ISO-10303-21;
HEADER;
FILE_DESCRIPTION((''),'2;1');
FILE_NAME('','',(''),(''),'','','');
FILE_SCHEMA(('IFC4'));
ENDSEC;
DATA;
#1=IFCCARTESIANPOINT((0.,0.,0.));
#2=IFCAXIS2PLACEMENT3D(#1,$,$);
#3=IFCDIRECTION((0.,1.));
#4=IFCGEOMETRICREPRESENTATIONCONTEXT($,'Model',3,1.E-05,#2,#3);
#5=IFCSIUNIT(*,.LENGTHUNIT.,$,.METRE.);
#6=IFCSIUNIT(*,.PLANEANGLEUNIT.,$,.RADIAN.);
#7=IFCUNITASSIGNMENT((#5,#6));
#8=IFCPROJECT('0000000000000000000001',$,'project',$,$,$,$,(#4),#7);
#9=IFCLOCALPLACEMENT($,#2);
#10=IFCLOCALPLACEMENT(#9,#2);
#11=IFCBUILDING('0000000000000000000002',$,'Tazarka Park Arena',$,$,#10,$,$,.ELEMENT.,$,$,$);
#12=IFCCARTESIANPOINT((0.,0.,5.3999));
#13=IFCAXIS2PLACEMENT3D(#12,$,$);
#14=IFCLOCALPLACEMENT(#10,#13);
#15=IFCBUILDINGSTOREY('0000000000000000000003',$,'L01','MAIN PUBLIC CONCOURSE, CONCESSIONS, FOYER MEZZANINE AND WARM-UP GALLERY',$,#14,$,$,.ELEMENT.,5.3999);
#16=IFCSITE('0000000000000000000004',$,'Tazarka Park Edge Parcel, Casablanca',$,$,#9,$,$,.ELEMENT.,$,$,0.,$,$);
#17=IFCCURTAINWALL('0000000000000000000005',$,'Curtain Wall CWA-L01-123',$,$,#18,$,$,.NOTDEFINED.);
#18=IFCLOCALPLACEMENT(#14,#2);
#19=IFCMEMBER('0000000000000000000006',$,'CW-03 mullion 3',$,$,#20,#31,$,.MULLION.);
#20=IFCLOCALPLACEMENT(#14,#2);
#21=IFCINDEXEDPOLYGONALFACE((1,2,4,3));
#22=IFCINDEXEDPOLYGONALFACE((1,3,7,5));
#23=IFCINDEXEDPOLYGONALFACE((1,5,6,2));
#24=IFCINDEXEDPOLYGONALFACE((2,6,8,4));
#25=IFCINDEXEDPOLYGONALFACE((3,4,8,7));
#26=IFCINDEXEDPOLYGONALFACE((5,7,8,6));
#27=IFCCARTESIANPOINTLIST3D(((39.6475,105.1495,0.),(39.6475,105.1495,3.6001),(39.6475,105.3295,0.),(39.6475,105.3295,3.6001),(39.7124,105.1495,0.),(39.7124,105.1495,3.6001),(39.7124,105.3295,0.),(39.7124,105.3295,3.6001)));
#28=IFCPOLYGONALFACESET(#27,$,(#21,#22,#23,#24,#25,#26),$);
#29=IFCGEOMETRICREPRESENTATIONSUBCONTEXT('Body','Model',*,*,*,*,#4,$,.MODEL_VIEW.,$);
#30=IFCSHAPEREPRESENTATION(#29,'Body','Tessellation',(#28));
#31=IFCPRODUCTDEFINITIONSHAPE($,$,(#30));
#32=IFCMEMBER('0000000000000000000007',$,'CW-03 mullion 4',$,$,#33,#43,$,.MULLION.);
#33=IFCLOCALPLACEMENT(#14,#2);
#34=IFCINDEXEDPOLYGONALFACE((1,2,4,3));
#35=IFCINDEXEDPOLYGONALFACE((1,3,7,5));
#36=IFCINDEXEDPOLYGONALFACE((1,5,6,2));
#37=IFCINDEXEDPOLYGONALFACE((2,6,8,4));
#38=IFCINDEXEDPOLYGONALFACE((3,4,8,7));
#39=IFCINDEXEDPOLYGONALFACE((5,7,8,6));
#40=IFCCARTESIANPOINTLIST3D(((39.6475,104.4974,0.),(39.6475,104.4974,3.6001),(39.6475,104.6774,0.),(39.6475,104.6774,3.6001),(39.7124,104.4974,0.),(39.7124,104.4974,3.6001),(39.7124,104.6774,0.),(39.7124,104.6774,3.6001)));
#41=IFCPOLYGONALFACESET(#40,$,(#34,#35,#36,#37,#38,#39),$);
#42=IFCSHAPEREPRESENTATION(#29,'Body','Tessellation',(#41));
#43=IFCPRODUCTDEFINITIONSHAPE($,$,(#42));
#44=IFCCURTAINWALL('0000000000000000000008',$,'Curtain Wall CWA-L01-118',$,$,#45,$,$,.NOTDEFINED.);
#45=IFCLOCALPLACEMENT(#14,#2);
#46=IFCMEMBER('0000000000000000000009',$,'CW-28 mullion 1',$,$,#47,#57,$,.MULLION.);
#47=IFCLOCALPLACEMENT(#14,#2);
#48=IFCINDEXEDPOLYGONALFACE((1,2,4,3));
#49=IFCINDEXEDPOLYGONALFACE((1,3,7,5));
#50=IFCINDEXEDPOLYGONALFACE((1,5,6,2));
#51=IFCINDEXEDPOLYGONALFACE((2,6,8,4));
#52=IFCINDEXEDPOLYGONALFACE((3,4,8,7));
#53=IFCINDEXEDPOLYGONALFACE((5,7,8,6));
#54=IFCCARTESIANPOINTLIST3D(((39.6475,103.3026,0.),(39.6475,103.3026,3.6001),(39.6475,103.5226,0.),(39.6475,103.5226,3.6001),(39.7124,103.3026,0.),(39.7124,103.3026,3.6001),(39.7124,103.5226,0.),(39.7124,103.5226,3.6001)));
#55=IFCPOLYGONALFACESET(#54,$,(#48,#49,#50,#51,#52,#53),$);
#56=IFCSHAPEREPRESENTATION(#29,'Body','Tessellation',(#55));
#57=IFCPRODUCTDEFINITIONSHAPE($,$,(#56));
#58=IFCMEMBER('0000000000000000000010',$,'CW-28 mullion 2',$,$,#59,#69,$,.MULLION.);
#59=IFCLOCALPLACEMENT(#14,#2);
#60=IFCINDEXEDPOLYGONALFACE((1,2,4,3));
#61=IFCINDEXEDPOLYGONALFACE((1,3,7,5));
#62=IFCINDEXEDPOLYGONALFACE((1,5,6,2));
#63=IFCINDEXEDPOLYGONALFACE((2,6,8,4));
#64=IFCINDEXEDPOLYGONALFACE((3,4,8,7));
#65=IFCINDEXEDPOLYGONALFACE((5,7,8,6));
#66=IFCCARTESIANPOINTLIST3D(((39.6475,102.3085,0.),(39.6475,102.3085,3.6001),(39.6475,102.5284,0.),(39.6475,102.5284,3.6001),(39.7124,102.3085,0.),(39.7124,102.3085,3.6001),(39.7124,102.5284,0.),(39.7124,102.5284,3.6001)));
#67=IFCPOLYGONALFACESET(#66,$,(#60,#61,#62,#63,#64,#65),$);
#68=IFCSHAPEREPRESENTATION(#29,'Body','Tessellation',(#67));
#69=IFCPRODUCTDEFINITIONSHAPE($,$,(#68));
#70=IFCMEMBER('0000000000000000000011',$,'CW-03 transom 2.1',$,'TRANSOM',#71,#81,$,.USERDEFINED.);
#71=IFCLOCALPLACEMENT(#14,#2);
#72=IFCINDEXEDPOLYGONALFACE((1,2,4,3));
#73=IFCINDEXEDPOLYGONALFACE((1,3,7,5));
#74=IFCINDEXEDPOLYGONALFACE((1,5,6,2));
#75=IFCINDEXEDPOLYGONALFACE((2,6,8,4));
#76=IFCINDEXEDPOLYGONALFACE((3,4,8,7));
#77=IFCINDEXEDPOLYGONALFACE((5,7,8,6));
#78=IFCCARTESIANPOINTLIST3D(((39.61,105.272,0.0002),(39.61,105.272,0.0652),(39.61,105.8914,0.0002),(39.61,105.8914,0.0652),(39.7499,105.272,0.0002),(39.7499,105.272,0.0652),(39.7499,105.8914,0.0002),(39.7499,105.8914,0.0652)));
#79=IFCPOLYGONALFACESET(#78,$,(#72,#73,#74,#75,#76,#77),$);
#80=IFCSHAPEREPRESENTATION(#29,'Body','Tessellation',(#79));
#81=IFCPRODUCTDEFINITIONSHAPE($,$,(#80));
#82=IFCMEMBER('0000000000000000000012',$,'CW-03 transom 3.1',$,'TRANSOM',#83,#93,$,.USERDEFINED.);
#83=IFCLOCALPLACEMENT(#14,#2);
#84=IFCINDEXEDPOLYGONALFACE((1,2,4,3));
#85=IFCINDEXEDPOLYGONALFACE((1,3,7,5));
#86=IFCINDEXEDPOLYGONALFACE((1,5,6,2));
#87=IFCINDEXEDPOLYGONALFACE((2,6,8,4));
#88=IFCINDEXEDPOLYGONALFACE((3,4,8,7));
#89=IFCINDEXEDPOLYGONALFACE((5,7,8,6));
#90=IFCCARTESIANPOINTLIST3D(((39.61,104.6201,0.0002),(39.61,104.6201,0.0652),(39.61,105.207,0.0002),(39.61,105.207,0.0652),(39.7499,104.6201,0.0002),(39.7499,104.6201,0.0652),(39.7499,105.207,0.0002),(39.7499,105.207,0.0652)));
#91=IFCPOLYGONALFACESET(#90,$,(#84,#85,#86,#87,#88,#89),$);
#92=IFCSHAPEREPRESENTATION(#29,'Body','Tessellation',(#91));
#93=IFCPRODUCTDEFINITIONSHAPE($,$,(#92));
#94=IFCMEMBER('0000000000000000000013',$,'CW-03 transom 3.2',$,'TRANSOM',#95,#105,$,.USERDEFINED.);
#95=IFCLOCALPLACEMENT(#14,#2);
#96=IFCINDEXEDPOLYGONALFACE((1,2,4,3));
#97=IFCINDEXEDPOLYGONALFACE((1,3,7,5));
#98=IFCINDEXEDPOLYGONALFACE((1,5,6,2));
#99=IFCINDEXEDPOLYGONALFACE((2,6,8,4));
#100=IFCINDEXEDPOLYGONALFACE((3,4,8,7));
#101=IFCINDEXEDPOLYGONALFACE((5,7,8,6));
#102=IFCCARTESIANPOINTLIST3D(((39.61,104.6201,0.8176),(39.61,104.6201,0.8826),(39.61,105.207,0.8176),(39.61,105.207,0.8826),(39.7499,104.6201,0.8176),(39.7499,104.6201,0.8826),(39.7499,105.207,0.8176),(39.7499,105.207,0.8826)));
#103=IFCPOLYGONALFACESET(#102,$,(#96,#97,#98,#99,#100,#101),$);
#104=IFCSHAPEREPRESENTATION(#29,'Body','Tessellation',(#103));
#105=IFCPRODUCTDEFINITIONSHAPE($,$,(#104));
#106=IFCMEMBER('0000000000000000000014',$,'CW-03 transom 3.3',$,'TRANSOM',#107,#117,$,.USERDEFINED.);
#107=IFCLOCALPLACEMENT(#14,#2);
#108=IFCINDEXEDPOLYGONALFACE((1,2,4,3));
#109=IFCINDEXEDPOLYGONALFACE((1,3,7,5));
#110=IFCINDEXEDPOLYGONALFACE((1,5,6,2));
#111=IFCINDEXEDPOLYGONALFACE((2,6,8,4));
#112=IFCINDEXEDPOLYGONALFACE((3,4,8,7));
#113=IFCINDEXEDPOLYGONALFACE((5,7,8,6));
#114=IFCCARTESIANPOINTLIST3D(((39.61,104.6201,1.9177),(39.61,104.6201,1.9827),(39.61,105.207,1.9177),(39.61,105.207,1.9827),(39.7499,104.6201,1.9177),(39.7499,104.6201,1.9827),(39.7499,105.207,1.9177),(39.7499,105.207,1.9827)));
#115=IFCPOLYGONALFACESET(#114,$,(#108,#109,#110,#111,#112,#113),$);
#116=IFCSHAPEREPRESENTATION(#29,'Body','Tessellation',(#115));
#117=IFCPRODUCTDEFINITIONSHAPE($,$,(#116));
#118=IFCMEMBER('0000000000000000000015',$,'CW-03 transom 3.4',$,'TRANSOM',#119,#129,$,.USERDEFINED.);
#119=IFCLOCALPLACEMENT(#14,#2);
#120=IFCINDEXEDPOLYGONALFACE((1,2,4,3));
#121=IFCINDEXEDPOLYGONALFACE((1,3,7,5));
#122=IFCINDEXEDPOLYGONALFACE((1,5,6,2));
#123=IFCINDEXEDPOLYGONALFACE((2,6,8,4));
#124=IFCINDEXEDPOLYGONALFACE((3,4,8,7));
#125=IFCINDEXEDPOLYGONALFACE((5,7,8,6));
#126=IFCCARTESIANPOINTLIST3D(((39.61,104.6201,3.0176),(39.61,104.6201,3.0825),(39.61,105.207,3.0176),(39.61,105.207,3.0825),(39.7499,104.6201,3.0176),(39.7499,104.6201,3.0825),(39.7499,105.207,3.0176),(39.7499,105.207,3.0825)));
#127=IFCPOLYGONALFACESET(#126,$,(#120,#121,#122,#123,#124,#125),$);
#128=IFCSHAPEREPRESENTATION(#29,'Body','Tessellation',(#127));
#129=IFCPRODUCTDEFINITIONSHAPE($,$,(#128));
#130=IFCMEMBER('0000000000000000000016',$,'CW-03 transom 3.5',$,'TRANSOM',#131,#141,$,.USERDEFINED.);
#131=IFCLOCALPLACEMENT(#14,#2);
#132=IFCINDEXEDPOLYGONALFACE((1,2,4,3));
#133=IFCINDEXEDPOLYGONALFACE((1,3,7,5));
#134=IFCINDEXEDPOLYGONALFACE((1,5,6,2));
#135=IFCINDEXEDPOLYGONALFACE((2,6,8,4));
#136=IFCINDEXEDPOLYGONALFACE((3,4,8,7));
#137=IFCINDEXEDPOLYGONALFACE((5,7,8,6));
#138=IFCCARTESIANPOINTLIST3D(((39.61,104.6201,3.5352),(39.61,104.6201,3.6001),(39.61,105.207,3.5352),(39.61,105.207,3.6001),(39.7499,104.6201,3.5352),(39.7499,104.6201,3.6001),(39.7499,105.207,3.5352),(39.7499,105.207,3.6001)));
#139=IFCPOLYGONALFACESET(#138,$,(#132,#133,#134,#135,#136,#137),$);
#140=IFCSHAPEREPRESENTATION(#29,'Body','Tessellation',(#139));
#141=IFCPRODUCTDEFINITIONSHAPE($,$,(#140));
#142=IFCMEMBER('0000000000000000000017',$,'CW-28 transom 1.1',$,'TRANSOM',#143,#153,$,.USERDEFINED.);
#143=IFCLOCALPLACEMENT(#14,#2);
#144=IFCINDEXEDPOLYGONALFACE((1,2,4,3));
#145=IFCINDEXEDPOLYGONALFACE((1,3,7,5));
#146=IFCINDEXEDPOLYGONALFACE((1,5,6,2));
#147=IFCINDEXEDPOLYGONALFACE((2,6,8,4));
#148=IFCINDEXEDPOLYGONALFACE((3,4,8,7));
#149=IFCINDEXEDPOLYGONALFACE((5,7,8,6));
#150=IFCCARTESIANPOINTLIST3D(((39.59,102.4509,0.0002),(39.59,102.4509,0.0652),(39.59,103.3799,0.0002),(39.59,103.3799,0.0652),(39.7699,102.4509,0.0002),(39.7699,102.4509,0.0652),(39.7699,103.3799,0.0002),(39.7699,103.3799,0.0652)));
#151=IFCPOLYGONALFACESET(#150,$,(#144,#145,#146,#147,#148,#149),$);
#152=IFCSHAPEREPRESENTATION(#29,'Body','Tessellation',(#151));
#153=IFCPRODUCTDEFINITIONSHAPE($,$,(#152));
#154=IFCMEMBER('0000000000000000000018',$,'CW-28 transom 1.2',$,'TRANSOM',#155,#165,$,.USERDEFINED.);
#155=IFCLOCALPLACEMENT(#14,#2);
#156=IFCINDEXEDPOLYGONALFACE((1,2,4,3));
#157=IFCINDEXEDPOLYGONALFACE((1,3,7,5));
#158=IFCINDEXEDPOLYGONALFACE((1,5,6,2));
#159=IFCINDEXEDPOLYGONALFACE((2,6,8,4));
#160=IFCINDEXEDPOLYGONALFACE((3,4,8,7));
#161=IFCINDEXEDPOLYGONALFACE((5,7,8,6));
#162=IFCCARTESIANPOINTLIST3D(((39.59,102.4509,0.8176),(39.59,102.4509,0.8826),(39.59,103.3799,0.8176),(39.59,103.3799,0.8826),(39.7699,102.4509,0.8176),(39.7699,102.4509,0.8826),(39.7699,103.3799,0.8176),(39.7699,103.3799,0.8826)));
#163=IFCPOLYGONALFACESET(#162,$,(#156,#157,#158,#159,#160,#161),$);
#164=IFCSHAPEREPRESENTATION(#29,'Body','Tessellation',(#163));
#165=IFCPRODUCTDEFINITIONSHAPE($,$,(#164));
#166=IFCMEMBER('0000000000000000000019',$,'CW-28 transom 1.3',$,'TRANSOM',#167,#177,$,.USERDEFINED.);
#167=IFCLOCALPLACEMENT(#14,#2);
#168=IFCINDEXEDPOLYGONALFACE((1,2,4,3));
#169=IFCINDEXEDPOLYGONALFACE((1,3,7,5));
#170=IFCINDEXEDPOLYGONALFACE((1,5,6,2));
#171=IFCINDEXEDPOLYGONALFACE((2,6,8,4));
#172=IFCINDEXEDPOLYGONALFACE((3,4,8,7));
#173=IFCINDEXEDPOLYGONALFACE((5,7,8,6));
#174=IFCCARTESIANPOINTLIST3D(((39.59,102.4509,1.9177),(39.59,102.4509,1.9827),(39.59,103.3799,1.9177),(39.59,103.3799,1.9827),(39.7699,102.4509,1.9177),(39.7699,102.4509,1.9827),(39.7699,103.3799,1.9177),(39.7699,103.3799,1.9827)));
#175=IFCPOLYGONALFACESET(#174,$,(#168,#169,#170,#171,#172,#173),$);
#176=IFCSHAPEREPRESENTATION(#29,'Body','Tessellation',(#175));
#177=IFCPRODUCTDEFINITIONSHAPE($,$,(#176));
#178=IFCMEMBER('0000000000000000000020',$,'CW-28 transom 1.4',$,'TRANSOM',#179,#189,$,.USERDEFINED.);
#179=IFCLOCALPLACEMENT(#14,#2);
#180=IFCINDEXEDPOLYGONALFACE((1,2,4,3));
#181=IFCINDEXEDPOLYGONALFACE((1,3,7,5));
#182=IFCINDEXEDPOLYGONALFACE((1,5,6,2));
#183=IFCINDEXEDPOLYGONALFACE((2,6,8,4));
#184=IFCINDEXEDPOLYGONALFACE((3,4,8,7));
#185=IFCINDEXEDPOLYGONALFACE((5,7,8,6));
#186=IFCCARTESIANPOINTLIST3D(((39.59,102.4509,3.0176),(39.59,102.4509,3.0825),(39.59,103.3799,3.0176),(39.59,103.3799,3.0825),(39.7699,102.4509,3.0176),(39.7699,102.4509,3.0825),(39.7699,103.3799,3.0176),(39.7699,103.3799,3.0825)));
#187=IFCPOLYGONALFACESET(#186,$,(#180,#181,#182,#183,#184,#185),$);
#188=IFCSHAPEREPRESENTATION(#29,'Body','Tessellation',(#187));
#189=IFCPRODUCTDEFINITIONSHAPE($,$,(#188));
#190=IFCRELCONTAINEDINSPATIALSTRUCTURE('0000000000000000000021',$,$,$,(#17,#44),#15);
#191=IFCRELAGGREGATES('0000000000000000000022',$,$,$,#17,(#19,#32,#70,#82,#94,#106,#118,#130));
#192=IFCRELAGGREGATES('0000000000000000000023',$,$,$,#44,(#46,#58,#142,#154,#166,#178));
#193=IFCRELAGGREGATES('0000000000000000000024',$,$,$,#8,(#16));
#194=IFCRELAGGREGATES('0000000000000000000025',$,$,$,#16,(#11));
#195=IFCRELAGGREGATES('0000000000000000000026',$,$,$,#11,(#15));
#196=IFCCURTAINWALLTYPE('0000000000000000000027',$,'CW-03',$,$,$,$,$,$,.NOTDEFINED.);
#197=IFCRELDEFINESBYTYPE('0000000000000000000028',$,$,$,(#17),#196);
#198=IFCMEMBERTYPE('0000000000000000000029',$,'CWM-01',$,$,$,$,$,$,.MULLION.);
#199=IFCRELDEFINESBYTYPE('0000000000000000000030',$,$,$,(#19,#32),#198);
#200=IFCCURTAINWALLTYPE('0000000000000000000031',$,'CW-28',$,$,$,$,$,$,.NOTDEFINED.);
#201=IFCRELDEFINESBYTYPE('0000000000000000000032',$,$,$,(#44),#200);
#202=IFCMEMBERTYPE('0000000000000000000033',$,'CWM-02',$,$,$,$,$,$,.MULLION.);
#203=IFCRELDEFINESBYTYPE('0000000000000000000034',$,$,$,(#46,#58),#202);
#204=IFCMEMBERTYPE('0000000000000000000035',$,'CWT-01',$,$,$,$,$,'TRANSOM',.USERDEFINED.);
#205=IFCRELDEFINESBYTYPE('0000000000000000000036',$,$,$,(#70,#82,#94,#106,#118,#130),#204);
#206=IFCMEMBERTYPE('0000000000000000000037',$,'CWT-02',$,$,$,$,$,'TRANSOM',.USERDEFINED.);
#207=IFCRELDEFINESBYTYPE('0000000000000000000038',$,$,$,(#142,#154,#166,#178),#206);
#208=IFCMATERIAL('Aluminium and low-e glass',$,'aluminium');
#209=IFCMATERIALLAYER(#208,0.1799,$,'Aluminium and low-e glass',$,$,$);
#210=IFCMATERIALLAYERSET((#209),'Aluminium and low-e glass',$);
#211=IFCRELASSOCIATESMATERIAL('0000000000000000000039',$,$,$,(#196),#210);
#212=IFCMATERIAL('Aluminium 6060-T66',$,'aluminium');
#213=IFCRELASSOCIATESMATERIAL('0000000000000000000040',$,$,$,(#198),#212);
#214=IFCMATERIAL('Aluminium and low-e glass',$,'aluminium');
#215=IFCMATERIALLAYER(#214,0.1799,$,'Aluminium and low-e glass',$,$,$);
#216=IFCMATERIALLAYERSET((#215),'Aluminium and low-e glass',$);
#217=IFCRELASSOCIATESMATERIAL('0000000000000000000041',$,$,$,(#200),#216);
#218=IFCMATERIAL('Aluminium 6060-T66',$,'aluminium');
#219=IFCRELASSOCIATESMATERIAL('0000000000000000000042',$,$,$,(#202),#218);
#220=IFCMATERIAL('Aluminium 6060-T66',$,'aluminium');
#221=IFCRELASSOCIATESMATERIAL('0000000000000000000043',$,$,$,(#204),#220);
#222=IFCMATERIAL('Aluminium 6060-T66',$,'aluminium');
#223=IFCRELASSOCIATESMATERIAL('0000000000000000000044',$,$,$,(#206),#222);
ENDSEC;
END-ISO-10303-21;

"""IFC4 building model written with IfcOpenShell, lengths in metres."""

from ifc_helpers import new_model, si_unit, direction, frame, origin, origin_2d, place, context, subcontext, project, spatial, rectangle, extrude, material, layer, layer_set, material_profile, profile_set, type_object, element, aggregate, save


model = new_model("IFC4")

# Units and contexts
model_context = context("Model", 3, precision=1e-05, world=origin(), true_north=direction((0.0, 1.0)))
body_context = subcontext(model_context, "Body", "Model", "MODEL_VIEW")
ifc_project = project(units=[si_unit("LENGTHUNIT", "METRE"), si_unit("PLANEANGLEUNIT", "RADIAN")], contexts=[model_context])

# Site, building, storey
site_placement = place(None, origin())
site = spatial("IfcSite", under=ifc_project, at=site_placement, Name="Tazarka Park Edge Parcel, Casablanca", CompositionType="ELEMENT", RefElevation=0.0)
building_placement = place(site_placement, origin())
building = spatial("IfcBuilding", under=site, at=building_placement, Name="Tazarka Park Arena", CompositionType="ELEMENT")
storey_placement = place(building_placement, frame((0.0, 0.0, 5.3999)))
storey = spatial("IfcBuildingStorey", under=building, at=storey_placement, Name="L01", Description="MAIN PUBLIC CONCOURSE, CONCESSIONS, FOYER MEZZANINE AND WARM-UP GALLERY", CompositionType="ELEMENT", Elevation=5.3999)

# Curtain walls, members
ifc_material_1 = material(Name="Aluminium and low-e glass", Category="aluminium")
ifc_layer_1 = layer(ifc_material_1, 0.1799, Name="Aluminium and low-e glass")
ifc_layer_set_1 = layer_set([ifc_layer_1], Name="Aluminium and low-e glass")
curtain_wall_type_1 = type_object("IfcCurtainWallType", Name="CW-03", PredefinedType="NOTDEFINED", material=ifc_layer_set_1)
curtain_wall_1_placement = place(storey_placement, origin())
curtain_wall_1 = element("IfcCurtainWall", 1, at=curtain_wall_1_placement, inside=storey, type_object=curtain_wall_type_1, Name="Curtain Wall CWA-L01-123", PredefinedType="NOTDEFINED")
ifc_material_2 = material(Name="Aluminium 6060-T66", Category="aluminium")
ifc_material_profile_1 = material_profile(ifc_material_2, rectangle(XDim=0.0649, YDim=0.1799, at=origin_2d()), Name="Aluminium 6060-T66")
ifc_profile_set_1 = profile_set([ifc_material_profile_1], Name="Aluminium 6060-T66")
member_type_1 = type_object("IfcMemberType", Name="CWM-01", PredefinedType="MULLION", material=ifc_profile_set_1)
member_1_placement = place(storey_placement, frame((39.6799, 105.2395, 0.0), z_axis=(0.0, 0.0, 1.0), x_axis=(1.0, 0.0, 0.0)))
member_1 = element("IfcMember", 2, at=member_1_placement, type_object=member_type_1, Name="CW-03 mullion 3", PredefinedType="MULLION", context=body_context, shape_type="SweptSolid", body=[
    extrude(rectangle(XDim=0.0649, YDim=0.1799, at=origin_2d()), origin(), (0.0, 0.0, 1.0), 3.6001),
])
member_2_placement = place(storey_placement, frame((39.6799, 104.5874, 0.0), z_axis=(0.0, 0.0, 1.0), x_axis=(1.0, 0.0, 0.0)))
member_2 = element("IfcMember", 3, at=member_2_placement, type_object=member_type_1, Name="CW-03 mullion 4", PredefinedType="MULLION", context=body_context, shape_type="SweptSolid", body=[
    extrude(rectangle(XDim=0.0649, YDim=0.1799, at=origin_2d()), origin(), (0.0, 0.0, 1.0), 3.6001),
])
ifc_material_3 = material(Name="Aluminium and low-e glass", Category="aluminium")
ifc_layer_2 = layer(ifc_material_3, 0.1799, Name="Aluminium and low-e glass")
ifc_layer_set_2 = layer_set([ifc_layer_2], Name="Aluminium and low-e glass")
curtain_wall_type_2 = type_object("IfcCurtainWallType", Name="CW-28", PredefinedType="NOTDEFINED", material=ifc_layer_set_2)
curtain_wall_2_placement = place(storey_placement, origin())
curtain_wall_2 = element("IfcCurtainWall", 4, at=curtain_wall_2_placement, inside=storey, type_object=curtain_wall_type_2, Name="Curtain Wall CWA-L01-118", PredefinedType="NOTDEFINED")
ifc_material_4 = material(Name="Aluminium 6060-T66", Category="aluminium")
ifc_material_profile_2 = material_profile(ifc_material_4, rectangle(XDim=0.0649, YDim=0.22, at=origin_2d()), Name="Aluminium 6060-T66")
ifc_profile_set_2 = profile_set([ifc_material_profile_2], Name="Aluminium 6060-T66")
member_type_2 = type_object("IfcMemberType", Name="CWM-02", PredefinedType="MULLION", material=ifc_profile_set_2)
member_3_placement = place(storey_placement, frame((39.6799, 103.4126, 0.0), z_axis=(0.0, 0.0, 1.0), x_axis=(1.0, 0.0, 0.0)))
member_3 = element("IfcMember", 5, at=member_3_placement, type_object=member_type_2, Name="CW-28 mullion 1", PredefinedType="MULLION", context=body_context, shape_type="SweptSolid", body=[
    extrude(rectangle(XDim=0.0649, YDim=0.22, at=origin_2d()), origin(), (0.0, 0.0, 1.0), 3.6001),
])
member_4_placement = place(storey_placement, frame((39.6799, 102.4185, 0.0), z_axis=(0.0, 0.0, 1.0), x_axis=(1.0, 0.0, 0.0)))
member_4 = element("IfcMember", 6, at=member_4_placement, type_object=member_type_2, Name="CW-28 mullion 2", PredefinedType="MULLION", context=body_context, shape_type="SweptSolid", body=[
    extrude(rectangle(XDim=0.0649, YDim=0.22, at=origin_2d()), origin(), (0.0, 0.0, 1.0), 3.6001),
])

# Members
ifc_material_5 = material(Name="Aluminium 6060-T66", Category="aluminium")
ifc_material_profile_3 = material_profile(ifc_material_5, rectangle(XDim=0.1399, YDim=0.0649, at=origin_2d()), Name="Aluminium 6060-T66")
ifc_profile_set_3 = profile_set([ifc_material_profile_3], Name="Aluminium 6060-T66")
member_type_3 = type_object("IfcMemberType", Name="CWT-01", ElementType="TRANSOM", PredefinedType="USERDEFINED", material=ifc_profile_set_3)
member_5_placement = place(storey_placement, frame((39.6799, 105.8914, 0.0327), z_axis=(0.0, -1.0, 0.0), x_axis=(1.0, 0.0, 0.0)))
member_5 = element("IfcMember", 7, at=member_5_placement, type_object=member_type_3, Name="CW-03 transom 2.1", ObjectType="TRANSOM", PredefinedType="USERDEFINED", context=body_context, shape_type="SweptSolid", body=[
    extrude(rectangle(XDim=0.1399, YDim=0.0649, at=origin_2d()), origin(), (0.0, 0.0, 1.0), 0.6194),
])
member_6_placement = place(storey_placement, frame((39.6799, 105.207, 0.0327), z_axis=(0.0, -1.0, 0.0), x_axis=(1.0, 0.0, 0.0)))
member_6 = element("IfcMember", 8, at=member_6_placement, type_object=member_type_3, Name="CW-03 transom 3.1", ObjectType="TRANSOM", PredefinedType="USERDEFINED", context=body_context, shape_type="SweptSolid", body=[
    extrude(rectangle(XDim=0.1399, YDim=0.0649, at=origin_2d()), origin(), (0.0, 0.0, 1.0), 0.5869),
])
member_7_placement = place(storey_placement, frame((39.6799, 105.207, 0.8501), z_axis=(0.0, -1.0, 0.0), x_axis=(1.0, 0.0, 0.0)))
member_7 = element("IfcMember", 9, at=member_7_placement, type_object=member_type_3, Name="CW-03 transom 3.2", ObjectType="TRANSOM", PredefinedType="USERDEFINED", context=body_context, shape_type="SweptSolid", body=[
    extrude(rectangle(XDim=0.1399, YDim=0.0649, at=origin_2d()), origin(), (0.0, 0.0, 1.0), 0.5869),
])
member_8_placement = place(storey_placement, frame((39.6799, 105.207, 1.9502), z_axis=(0.0, -1.0, 0.0), x_axis=(1.0, 0.0, 0.0)))
member_8 = element("IfcMember", 10, at=member_8_placement, type_object=member_type_3, Name="CW-03 transom 3.3", ObjectType="TRANSOM", PredefinedType="USERDEFINED", context=body_context, shape_type="SweptSolid", body=[
    extrude(rectangle(XDim=0.1399, YDim=0.0649, at=origin_2d()), origin(), (0.0, 0.0, 1.0), 0.5869),
])
member_9_placement = place(storey_placement, frame((39.6799, 105.207, 3.05), z_axis=(0.0, -1.0, 0.0), x_axis=(1.0, 0.0, 0.0)))
member_9 = element("IfcMember", 11, at=member_9_placement, type_object=member_type_3, Name="CW-03 transom 3.4", ObjectType="TRANSOM", PredefinedType="USERDEFINED", context=body_context, shape_type="SweptSolid", body=[
    extrude(rectangle(XDim=0.1399, YDim=0.0649, at=origin_2d()), origin(), (0.0, 0.0, 1.0), 0.5869),
])
member_10_placement = place(storey_placement, frame((39.6799, 105.207, 3.5676), z_axis=(0.0, -1.0, 0.0), x_axis=(1.0, 0.0, 0.0)))
member_10 = element("IfcMember", 12, at=member_10_placement, type_object=member_type_3, Name="CW-03 transom 3.5", ObjectType="TRANSOM", PredefinedType="USERDEFINED", context=body_context, shape_type="SweptSolid", body=[
    extrude(rectangle(XDim=0.1399, YDim=0.0649, at=origin_2d()), origin(), (0.0, 0.0, 1.0), 0.5869),
])
ifc_material_6 = material(Name="Aluminium 6060-T66", Category="aluminium")
ifc_material_profile_4 = material_profile(ifc_material_6, rectangle(XDim=0.1799, YDim=0.0649, at=origin_2d()), Name="Aluminium 6060-T66")
ifc_profile_set_4 = profile_set([ifc_material_profile_4], Name="Aluminium 6060-T66")
member_type_4 = type_object("IfcMemberType", Name="CWT-02", ElementType="TRANSOM", PredefinedType="USERDEFINED", material=ifc_profile_set_4)
member_11_placement = place(storey_placement, frame((39.6799, 103.3799, 0.0327), z_axis=(0.0, -1.0, 0.0), x_axis=(1.0, 0.0, 0.0)))
member_11 = element("IfcMember", 13, at=member_11_placement, type_object=member_type_4, Name="CW-28 transom 1.1", ObjectType="TRANSOM", PredefinedType="USERDEFINED", context=body_context, shape_type="SweptSolid", body=[
    extrude(rectangle(XDim=0.1799, YDim=0.0649, at=origin_2d()), origin(), (0.0, 0.0, 1.0), 0.929),
])
member_12_placement = place(storey_placement, frame((39.6799, 103.3799, 0.8501), z_axis=(0.0, -1.0, 0.0), x_axis=(1.0, 0.0, 0.0)))
member_12 = element("IfcMember", 14, at=member_12_placement, type_object=member_type_4, Name="CW-28 transom 1.2", ObjectType="TRANSOM", PredefinedType="USERDEFINED", context=body_context, shape_type="SweptSolid", body=[
    extrude(rectangle(XDim=0.1799, YDim=0.0649, at=origin_2d()), origin(), (0.0, 0.0, 1.0), 0.929),
])
member_13_placement = place(storey_placement, frame((39.6799, 103.3799, 1.9502), z_axis=(0.0, -1.0, 0.0), x_axis=(1.0, 0.0, 0.0)))
member_13 = element("IfcMember", 15, at=member_13_placement, type_object=member_type_4, Name="CW-28 transom 1.3", ObjectType="TRANSOM", PredefinedType="USERDEFINED", context=body_context, shape_type="SweptSolid", body=[
    extrude(rectangle(XDim=0.1799, YDim=0.0649, at=origin_2d()), origin(), (0.0, 0.0, 1.0), 0.929),
])
member_14_placement = place(storey_placement, frame((39.6799, 103.3799, 3.05), z_axis=(0.0, -1.0, 0.0), x_axis=(1.0, 0.0, 0.0)))
member_14 = element("IfcMember", 16, at=member_14_placement, type_object=member_type_4, Name="CW-28 transom 1.4", ObjectType="TRANSOM", PredefinedType="USERDEFINED", context=body_context, shape_type="SweptSolid", body=[
    extrude(rectangle(XDim=0.1799, YDim=0.0649, at=origin_2d()), origin(), (0.0, 0.0, 1.0), 0.929),
])

aggregate(curtain_wall_1, [member_1, member_2, member_5, member_6, member_7, member_8, member_9, member_10])
aggregate(curtain_wall_2, [member_3, member_4, member_11, member_12, member_13, member_14])

save(model, "model.ifc")
